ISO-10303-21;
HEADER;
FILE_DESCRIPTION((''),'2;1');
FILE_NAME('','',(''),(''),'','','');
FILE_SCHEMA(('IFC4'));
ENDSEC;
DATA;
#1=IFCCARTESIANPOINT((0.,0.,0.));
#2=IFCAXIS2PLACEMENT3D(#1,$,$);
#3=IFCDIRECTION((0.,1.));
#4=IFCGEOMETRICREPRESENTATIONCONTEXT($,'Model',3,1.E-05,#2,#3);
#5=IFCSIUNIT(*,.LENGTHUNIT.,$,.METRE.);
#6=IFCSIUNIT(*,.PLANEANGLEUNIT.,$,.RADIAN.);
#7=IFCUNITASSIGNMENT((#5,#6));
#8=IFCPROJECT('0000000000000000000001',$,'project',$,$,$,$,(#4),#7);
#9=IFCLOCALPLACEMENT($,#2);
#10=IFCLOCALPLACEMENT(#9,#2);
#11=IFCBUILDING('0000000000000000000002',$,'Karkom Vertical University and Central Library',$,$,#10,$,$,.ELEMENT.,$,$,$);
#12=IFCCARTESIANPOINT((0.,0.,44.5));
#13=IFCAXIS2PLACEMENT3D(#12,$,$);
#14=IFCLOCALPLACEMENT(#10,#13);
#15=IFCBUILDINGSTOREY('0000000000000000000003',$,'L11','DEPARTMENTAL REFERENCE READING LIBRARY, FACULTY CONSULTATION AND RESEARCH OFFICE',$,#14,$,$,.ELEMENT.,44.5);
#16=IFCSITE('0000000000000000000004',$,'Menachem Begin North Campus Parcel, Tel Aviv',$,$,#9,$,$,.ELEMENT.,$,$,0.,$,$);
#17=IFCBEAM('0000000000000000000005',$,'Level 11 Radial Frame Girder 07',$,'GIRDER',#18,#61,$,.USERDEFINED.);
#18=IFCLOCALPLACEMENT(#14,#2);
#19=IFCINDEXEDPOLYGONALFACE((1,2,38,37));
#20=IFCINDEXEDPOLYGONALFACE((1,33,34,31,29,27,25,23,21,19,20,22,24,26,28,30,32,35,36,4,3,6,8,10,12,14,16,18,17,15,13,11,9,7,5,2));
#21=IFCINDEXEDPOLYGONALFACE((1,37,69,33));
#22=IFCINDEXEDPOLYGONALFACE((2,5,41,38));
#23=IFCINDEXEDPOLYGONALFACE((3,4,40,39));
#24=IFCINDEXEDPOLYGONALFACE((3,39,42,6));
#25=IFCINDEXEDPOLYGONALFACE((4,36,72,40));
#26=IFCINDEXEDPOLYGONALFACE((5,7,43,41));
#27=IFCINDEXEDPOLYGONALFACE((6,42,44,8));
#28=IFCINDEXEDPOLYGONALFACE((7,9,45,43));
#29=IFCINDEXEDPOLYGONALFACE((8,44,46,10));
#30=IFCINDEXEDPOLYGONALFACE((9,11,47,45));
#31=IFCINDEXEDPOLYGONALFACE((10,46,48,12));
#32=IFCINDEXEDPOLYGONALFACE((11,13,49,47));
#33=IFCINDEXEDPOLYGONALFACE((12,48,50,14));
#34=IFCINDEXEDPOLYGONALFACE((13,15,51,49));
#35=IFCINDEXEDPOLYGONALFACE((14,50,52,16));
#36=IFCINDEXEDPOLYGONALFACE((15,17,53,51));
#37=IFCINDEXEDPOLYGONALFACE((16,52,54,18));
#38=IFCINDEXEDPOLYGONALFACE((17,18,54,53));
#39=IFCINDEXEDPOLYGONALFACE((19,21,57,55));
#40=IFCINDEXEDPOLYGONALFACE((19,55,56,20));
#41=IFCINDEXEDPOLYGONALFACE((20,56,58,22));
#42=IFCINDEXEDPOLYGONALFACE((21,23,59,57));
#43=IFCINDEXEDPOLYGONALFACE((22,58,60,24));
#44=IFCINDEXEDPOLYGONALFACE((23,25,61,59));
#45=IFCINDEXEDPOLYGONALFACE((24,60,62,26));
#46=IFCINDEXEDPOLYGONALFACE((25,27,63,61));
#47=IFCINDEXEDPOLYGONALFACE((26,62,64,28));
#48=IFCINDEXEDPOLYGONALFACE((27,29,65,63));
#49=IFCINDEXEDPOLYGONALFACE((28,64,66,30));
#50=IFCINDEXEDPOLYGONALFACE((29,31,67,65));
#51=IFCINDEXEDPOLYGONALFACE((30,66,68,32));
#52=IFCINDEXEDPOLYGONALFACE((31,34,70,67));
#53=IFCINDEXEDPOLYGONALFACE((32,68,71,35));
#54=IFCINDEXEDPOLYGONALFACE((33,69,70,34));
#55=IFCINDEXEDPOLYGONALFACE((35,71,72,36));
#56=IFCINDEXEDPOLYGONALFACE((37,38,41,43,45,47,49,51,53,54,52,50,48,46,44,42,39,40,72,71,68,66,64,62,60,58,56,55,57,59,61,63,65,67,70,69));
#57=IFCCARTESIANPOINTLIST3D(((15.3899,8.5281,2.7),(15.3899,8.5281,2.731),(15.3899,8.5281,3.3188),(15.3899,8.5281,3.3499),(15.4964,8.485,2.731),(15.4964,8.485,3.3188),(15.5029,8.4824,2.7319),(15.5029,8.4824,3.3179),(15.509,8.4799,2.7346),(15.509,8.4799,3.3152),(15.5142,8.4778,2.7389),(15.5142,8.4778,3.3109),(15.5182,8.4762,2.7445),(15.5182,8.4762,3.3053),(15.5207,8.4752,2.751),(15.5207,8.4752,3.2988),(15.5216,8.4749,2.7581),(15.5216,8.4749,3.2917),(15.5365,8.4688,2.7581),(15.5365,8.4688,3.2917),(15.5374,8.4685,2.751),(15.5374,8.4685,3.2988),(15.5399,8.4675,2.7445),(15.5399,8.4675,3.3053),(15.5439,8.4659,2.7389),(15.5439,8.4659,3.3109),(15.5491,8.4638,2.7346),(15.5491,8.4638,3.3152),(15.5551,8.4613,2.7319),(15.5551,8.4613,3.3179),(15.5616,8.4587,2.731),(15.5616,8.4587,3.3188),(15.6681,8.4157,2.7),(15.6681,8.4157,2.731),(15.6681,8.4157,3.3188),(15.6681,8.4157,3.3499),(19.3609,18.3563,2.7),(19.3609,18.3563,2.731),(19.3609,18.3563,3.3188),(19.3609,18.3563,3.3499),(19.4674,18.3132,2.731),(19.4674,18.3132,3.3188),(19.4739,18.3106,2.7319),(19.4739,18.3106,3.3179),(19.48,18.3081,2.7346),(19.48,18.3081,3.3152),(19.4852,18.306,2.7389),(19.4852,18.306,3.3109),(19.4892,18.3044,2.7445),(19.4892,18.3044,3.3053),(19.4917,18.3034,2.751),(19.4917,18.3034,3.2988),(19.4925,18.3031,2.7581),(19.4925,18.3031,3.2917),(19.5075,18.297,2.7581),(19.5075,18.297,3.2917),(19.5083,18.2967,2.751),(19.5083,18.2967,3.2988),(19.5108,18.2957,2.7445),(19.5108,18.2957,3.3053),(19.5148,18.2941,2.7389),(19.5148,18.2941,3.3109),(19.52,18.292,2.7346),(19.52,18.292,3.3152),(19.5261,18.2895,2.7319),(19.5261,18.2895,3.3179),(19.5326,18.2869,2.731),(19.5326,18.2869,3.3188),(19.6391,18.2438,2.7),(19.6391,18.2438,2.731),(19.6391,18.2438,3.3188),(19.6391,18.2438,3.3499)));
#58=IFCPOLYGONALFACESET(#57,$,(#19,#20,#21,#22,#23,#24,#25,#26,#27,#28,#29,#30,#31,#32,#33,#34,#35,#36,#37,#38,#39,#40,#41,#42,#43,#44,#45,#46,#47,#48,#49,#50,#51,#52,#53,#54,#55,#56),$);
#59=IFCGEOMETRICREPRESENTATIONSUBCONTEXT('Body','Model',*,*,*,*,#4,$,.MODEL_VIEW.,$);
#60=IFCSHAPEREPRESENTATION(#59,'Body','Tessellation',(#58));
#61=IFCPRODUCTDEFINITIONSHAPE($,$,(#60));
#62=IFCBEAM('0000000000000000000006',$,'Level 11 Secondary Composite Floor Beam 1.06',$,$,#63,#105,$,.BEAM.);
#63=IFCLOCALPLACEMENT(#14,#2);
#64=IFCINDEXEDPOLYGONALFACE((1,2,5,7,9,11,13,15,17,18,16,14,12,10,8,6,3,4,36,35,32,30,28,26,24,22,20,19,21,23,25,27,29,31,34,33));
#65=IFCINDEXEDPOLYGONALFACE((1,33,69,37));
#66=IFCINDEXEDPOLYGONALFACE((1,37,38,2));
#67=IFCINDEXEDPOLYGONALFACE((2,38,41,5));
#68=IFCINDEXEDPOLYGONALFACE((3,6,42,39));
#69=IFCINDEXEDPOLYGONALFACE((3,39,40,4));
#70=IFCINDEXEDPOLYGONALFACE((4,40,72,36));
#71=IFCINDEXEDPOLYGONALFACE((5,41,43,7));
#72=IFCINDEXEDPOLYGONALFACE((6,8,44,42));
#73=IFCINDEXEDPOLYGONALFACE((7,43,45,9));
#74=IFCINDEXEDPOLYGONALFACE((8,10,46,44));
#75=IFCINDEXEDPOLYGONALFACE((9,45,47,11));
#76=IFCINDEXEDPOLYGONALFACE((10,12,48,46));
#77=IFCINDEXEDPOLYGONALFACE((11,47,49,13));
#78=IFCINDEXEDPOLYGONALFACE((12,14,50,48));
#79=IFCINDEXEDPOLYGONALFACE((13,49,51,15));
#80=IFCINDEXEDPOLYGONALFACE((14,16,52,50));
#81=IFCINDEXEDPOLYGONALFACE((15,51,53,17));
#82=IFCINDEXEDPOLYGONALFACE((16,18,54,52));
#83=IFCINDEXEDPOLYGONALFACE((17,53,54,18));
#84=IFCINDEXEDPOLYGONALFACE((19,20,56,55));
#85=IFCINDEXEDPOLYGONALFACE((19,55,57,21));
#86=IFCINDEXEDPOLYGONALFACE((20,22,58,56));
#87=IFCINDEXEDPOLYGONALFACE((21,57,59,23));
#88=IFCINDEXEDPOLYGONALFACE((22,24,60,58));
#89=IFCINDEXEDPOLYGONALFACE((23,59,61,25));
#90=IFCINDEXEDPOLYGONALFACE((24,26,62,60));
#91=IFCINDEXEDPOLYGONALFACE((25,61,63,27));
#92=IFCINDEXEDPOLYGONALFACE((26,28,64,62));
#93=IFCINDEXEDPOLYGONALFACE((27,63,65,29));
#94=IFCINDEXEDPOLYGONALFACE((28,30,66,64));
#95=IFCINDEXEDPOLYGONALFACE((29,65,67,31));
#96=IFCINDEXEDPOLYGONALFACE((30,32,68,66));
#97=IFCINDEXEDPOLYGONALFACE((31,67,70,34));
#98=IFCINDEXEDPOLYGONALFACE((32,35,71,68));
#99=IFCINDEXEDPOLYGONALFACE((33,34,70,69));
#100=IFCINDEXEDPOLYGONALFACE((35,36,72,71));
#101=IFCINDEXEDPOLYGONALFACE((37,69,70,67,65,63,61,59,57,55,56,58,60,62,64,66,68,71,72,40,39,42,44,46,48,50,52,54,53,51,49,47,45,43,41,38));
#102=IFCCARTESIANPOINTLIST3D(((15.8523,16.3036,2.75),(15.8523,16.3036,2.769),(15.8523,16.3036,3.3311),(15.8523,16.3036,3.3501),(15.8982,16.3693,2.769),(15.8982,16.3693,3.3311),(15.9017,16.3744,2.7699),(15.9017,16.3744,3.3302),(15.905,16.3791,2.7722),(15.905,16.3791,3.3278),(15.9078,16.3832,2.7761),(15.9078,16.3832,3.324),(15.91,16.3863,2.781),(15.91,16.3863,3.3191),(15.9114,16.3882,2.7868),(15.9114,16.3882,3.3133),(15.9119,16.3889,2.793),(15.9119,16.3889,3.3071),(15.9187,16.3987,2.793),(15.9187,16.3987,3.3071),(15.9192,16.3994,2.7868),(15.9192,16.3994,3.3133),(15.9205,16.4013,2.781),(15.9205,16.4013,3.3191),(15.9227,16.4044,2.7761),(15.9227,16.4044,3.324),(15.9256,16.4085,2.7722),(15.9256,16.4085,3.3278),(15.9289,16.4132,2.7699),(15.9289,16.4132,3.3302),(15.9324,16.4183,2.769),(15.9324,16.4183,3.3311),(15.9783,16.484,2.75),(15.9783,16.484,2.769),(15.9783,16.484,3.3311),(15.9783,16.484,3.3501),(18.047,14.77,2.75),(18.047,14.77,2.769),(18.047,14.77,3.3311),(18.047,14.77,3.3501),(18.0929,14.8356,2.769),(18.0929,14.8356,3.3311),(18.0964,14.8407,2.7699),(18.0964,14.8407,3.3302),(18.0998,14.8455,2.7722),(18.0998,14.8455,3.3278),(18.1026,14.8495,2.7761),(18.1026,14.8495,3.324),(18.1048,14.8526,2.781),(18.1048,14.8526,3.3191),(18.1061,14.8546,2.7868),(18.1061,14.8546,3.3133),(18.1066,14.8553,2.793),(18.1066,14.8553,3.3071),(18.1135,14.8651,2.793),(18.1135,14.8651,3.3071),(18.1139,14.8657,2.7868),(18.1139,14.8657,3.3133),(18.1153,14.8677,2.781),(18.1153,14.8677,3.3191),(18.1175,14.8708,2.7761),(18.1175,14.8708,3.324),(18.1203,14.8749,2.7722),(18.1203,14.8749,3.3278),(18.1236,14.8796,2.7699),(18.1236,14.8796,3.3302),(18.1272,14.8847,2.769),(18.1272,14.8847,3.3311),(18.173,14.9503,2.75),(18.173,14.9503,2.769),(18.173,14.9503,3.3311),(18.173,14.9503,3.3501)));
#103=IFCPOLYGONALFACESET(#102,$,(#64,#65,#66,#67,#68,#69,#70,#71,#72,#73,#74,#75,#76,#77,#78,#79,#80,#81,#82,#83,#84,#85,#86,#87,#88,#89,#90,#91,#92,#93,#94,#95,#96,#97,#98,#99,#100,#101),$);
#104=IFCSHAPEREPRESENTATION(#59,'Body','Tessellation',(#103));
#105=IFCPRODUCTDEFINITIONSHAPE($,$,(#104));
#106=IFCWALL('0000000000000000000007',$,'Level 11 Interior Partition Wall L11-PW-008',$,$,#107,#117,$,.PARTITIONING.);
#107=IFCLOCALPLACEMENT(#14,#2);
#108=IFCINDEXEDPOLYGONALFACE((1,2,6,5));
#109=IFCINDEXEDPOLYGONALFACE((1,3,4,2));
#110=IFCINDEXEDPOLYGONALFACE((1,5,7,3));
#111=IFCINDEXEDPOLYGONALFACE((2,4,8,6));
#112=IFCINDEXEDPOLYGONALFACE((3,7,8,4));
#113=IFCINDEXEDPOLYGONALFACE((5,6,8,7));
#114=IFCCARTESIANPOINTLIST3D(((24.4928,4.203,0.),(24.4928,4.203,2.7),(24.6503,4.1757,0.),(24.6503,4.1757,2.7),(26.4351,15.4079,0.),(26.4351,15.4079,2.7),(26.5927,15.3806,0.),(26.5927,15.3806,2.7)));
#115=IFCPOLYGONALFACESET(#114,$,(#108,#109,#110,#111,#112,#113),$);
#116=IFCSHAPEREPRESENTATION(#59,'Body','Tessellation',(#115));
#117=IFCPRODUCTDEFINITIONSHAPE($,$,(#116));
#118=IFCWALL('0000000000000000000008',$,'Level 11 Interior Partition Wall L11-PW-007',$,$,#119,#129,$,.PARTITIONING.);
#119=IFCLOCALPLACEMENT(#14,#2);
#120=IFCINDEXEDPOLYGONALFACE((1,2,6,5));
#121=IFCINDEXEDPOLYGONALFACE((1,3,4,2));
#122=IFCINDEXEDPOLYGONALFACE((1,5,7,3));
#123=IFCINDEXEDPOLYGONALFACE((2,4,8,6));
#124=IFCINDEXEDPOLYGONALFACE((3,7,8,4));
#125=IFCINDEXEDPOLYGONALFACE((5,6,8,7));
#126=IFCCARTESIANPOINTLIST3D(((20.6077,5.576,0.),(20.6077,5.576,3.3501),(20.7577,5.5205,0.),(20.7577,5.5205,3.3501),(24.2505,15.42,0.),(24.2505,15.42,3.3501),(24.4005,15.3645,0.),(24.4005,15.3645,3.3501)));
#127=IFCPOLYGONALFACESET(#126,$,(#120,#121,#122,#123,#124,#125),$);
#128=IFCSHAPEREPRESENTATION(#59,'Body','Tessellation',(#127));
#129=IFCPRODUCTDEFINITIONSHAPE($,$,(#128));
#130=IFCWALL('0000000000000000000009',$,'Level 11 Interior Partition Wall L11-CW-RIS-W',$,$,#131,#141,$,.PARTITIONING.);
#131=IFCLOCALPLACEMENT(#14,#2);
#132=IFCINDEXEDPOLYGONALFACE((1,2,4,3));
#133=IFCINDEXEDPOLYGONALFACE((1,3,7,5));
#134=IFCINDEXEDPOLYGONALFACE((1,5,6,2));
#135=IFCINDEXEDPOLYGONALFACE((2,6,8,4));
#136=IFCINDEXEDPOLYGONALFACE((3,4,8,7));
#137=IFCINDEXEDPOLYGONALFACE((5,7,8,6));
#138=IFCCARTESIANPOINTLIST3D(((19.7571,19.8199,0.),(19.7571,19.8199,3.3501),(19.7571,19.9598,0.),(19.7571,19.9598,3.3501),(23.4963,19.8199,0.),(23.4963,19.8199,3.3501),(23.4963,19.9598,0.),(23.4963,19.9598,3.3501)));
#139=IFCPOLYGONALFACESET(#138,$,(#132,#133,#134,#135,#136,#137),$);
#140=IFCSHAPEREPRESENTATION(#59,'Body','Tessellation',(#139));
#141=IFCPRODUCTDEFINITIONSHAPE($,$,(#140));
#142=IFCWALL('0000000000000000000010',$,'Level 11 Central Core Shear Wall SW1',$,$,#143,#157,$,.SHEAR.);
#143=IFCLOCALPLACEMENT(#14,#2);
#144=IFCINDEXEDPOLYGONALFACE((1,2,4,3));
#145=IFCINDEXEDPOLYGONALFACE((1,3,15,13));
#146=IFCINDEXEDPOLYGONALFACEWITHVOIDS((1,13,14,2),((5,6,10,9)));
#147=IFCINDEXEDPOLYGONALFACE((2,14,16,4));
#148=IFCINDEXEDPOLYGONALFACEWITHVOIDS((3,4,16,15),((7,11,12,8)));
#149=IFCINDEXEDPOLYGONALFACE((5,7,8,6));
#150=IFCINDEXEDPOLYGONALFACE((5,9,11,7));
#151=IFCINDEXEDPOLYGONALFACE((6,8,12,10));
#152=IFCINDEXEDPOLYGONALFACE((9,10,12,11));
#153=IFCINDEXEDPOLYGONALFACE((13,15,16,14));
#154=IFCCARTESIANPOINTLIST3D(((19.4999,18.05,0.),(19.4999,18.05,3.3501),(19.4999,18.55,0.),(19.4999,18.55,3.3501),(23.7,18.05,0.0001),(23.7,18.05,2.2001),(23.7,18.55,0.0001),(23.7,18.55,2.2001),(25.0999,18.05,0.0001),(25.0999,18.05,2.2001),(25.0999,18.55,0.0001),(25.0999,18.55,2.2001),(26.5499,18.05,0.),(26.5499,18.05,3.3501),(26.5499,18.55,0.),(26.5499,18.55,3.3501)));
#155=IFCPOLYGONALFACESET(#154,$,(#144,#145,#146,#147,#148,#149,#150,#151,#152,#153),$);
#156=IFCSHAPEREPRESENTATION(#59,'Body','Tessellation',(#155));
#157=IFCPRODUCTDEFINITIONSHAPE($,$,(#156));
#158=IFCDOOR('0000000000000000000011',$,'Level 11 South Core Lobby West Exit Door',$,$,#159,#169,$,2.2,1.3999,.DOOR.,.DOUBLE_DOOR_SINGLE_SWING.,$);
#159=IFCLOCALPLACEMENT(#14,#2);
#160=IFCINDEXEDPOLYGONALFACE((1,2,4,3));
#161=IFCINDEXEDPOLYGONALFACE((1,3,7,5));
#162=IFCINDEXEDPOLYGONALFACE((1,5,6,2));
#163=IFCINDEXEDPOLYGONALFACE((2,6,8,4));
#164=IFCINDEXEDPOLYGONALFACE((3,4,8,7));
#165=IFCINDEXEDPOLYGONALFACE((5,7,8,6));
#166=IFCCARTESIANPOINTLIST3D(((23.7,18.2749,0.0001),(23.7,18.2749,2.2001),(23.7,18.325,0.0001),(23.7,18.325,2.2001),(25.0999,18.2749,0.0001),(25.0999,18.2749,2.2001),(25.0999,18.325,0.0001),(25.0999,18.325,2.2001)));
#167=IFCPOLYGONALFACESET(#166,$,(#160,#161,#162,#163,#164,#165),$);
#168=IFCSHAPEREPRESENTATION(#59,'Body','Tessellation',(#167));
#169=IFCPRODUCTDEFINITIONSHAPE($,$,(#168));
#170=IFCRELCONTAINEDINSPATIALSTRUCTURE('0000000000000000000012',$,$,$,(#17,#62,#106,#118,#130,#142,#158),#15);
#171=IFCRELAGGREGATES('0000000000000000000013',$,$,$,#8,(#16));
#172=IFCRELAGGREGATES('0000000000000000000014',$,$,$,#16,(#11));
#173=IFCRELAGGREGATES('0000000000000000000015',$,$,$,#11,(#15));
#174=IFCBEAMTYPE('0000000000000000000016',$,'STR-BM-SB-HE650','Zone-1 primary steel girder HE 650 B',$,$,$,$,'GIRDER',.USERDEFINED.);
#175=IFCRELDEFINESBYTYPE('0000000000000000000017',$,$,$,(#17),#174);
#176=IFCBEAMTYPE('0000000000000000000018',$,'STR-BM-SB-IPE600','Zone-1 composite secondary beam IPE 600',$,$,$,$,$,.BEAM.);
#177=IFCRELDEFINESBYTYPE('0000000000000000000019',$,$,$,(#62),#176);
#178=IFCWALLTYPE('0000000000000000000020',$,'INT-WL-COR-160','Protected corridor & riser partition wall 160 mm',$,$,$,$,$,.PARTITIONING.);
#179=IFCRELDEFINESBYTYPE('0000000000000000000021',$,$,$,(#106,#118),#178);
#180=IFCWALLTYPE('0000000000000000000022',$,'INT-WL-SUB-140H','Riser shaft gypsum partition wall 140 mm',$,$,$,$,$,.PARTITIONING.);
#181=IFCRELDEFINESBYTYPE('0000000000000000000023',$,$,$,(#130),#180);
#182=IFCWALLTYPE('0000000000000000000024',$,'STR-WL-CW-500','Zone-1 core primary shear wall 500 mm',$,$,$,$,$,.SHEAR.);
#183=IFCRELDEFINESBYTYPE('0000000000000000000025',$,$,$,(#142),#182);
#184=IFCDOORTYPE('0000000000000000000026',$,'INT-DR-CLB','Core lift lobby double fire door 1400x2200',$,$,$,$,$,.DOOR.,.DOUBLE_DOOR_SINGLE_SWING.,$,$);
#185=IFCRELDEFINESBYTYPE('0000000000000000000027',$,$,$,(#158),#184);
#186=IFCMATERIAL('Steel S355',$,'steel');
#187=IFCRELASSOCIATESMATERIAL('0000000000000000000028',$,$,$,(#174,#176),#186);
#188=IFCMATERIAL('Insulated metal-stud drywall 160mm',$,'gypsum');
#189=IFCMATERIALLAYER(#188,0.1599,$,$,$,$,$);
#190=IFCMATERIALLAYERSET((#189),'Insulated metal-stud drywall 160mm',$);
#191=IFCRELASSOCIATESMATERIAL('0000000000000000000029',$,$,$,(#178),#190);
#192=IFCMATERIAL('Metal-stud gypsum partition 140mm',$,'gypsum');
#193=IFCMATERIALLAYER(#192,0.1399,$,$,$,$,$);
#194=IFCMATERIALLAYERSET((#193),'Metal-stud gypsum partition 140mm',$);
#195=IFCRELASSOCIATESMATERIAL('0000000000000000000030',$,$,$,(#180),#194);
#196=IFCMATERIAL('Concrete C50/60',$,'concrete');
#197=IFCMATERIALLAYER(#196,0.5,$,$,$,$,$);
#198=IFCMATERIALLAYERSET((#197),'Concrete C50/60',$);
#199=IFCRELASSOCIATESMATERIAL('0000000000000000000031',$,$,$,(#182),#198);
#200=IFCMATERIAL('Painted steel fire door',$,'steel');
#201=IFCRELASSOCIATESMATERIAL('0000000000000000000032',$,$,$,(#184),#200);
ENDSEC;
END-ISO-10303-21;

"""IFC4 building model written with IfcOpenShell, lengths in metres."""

from ifc_helpers import new_model, si_unit, direction, frame, frame_2d, origin, origin_with_axes, origin_2d, place, context, subcontext, project, spatial, rectangle, i_section, extrude, source, transform, mapped, material, layer, layer_set, material_profile, profile_set, type_object, element, fill, save


model = new_model("IFC4")

# Units and contexts
model_context = context("Model", 3, precision=1e-05, world=origin(), true_north=direction((0.0, 1.0)))
body_context = subcontext(model_context, "Body", "Model", "MODEL_VIEW")
ifc_project = project(units=[si_unit("LENGTHUNIT", "METRE"), si_unit("PLANEANGLEUNIT", "RADIAN")], contexts=[model_context])

# Site, building, storey
site_placement = place(None, origin())
site = spatial("IfcSite", under=ifc_project, at=site_placement, Name="Menachem Begin North Campus Parcel, Tel Aviv", CompositionType="ELEMENT", RefElevation=0.0)
building_placement = place(site_placement, origin())
building = spatial("IfcBuilding", under=site, at=building_placement, Name="Karkom Vertical University and Central Library", CompositionType="ELEMENT")
storey_placement = place(building_placement, frame((0.0, 0.0, 44.5)))
storey = spatial("IfcBuildingStorey", under=building, at=storey_placement, Name="L11", Description="DEPARTMENTAL REFERENCE READING LIBRARY, FACULTY CONSULTATION AND RESEARCH OFFICE", CompositionType="ELEMENT", Elevation=44.5)

# Shared definitions
ifc_material_1 = material(Name="Concrete C50/60", Category="concrete")

# Beams
ifc_material_2 = material(Name="Steel S355", Category="steel")
ifc_material_profile_1 = material_profile(ifc_material_2, i_section(OverallWidth=0.3, OverallDepth=0.6499, WebThickness=0.0161, FlangeThickness=0.031, FilletRadius=0.0271, at=origin_2d()), Name="HE 650 B")
ifc_profile_set_1 = profile_set([ifc_material_profile_1], Name="Steel S355")
beam_type_1 = type_object("IfcBeamType", Name="STR-BM-SB-HE650", Description="Zone-1 primary steel girder HE 650 B", ElementType="GIRDER", PredefinedType="USERDEFINED", material=ifc_profile_set_1)
shared_shape_1 = source(origin_with_axes(), body_context, "Body", "SweptSolid", [
    extrude(i_section(OverallWidth=0.3, OverallDepth=0.6499, WebThickness=0.0161, FlangeThickness=0.031, FilletRadius=0.0271, at=origin_2d()), origin(), (0.0, 0.0, 1.0), 10.6001),
])
beam_1_placement = place(storey_placement, frame((19.5, 18.3, 3.0249), z_axis=(-0.374617, -0.92718, 0.0), x_axis=(0.92718, -0.374617, 0.0)))
element("IfcBeam", 1, at=beam_1_placement, inside=storey, type_object=beam_type_1, Name="Level 11 Radial Frame Girder 07", ObjectType="GIRDER", PredefinedType="USERDEFINED", context=body_context, shape_type="MappedRepresentation", body=[
    mapped(shared_shape_1, transform((0.0, 0.0, 0.0), scale=1.0)),
])
ifc_material_profile_2 = material_profile(ifc_material_2, i_section(OverallWidth=0.22, OverallDepth=0.6001, WebThickness=0.012, FlangeThickness=0.019, FilletRadius=0.0239, at=origin_2d()), Name="IPE 600")
ifc_profile_set_2 = profile_set([ifc_material_profile_2], Name="Steel S355")
beam_type_2 = type_object("IfcBeamType", Name="STR-BM-SB-IPE600", Description="Zone-1 composite secondary beam IPE 600", PredefinedType="BEAM", material=ifc_profile_set_2)
shared_shape_2 = source(origin_with_axes(), body_context, "Body", "SweptSolid", [
    extrude(i_section(OverallWidth=0.22, OverallDepth=0.6001, WebThickness=0.012, FlangeThickness=0.019, FilletRadius=0.0239, at=origin_2d()), origin(), (0.0, 0.0, 1.0), 2.6775),
])
beam_2_placement = place(storey_placement, frame((15.9153, 16.3938, 3.05), z_axis=(0.819703, -0.572789, 0.0), x_axis=(0.572789, 0.819703, 0.0)))
element("IfcBeam", 2, at=beam_2_placement, inside=storey, type_object=beam_type_2, Name="Level 11 Secondary Composite Floor Beam 1.06", PredefinedType="BEAM", context=body_context, shape_type="MappedRepresentation", body=[
    mapped(shared_shape_2, transform((0.0, 0.0, 0.0), scale=1.0)),
])

# Walls
ifc_material_3 = material(Name="Insulated metal-stud drywall 160mm", Category="gypsum")
ifc_layer_1 = layer(ifc_material_3, 0.1599)
ifc_layer_set_1 = layer_set([ifc_layer_1], Name="Insulated metal-stud drywall 160mm")
wall_type_1 = type_object("IfcWallType", Name="INT-WL-COR-160", Description="Protected corridor & riser partition wall 160 mm", PredefinedType="PARTITIONING", material=ifc_layer_set_1)
wall_1_placement = place(storey_placement, frame((26.5139, 15.3943, 0.0), z_axis=(0.0, 0.0, 1.0), x_axis=(-0.170801, -0.985306, 0.0)))
element("IfcWall", 3, at=wall_1_placement, inside=storey, type_object=wall_type_1, Name="Level 11 Interior Partition Wall L11-PW-008", PredefinedType="PARTITIONING", context=body_context, shape_type="SweptSolid", body=[
    extrude(rectangle(XDim=11.3721, YDim=0.1599, at=frame_2d((5.686, 0.0))), origin(), (0.0, 0.0, 1.0), 2.7),
])
wall_2_placement = place(storey_placement, frame((24.3254, 15.3921, 0.0), z_axis=(0.0, 0.0, 1.0), x_axis=(-0.347055, -0.937845, 0.0)))
element("IfcWall", 4, at=wall_2_placement, inside=storey, type_object=wall_type_1, Name="Level 11 Interior Partition Wall L11-PW-007", PredefinedType="PARTITIONING", context=body_context, shape_type="SweptSolid", body=[
    extrude(rectangle(XDim=10.4963, YDim=0.1599, at=frame_2d((5.248, 0.0))), origin(), (0.0, 0.0, 1.0), 3.3501),
])
ifc_material_4 = material(Name="Metal-stud gypsum partition 140mm", Category="gypsum")
ifc_layer_2 = layer(ifc_material_4, 0.1399)
ifc_layer_set_2 = layer_set([ifc_layer_2], Name="Metal-stud gypsum partition 140mm")
wall_type_2 = type_object("IfcWallType", Name="INT-WL-SUB-140H", Description="Riser shaft gypsum partition wall 140 mm", PredefinedType="PARTITIONING", material=ifc_layer_set_2)
wall_3_placement = place(storey_placement, frame((19.7571, 19.8899, 0.0), z_axis=(0.0, 0.0, 1.0), x_axis=(1.0, 0.0, 0.0)))
element("IfcWall", 5, at=wall_3_placement, inside=storey, type_object=wall_type_2, Name="Level 11 Interior Partition Wall L11-CW-RIS-W", PredefinedType="PARTITIONING", context=body_context, shape_type="SweptSolid", body=[
    extrude(rectangle(XDim=3.7393, YDim=0.1399, at=frame_2d((1.8696, 0.0))), origin(), (0.0, 0.0, 1.0), 3.3501),
])

# Wall, opening, door
ifc_layer_3 = layer(ifc_material_1, 0.5)
ifc_layer_set_3 = layer_set([ifc_layer_3], Name="Concrete C50/60")
wall_type_3 = type_object("IfcWallType", Name="STR-WL-CW-500", Description="Zone-1 core primary shear wall 500 mm", PredefinedType="SHEAR", material=ifc_layer_set_3)
wall_4_placement = place(storey_placement, frame((19.5, 18.3, 0.0), z_axis=(0.0, 0.0, 1.0), x_axis=(1.0, 0.0, 0.0)))
wall_4 = element("IfcWall", 6, at=wall_4_placement, inside=storey, type_object=wall_type_3, Name="Level 11 Central Core Shear Wall SW1", PredefinedType="SHEAR", context=body_context, shape_type="SweptSolid", body=[
    extrude(rectangle(XDim=7.05, YDim=0.5, at=frame_2d((3.5249, 0.0))), origin(), (0.0, 0.0, 1.0), 3.3501),
])
opening_1_placement = place(wall_4_placement, frame((4.2, 0.0, 0.0)))
opening_1 = element("IfcOpeningElement", 7, at=opening_1_placement, cuts=wall_4, PredefinedType="OPENING", context=body_context, shape_type="SweptSolid", body=[
    extrude(rectangle(XDim=1.3999, YDim=2.2, at=frame_2d((0.7, 1.1001))), frame((0.0, 0.26, 0.0), z_axis=(0.0, -1.0, 0.0), x_axis=(1.0, 0.0, 0.0)), (0.0, 0.0, 1.0), 0.52),
])
ifc_material_5 = material(Name="Painted steel fire door", Category="steel")
door_type_1 = type_object("IfcDoorType", Name="INT-DR-CLB", Description="Core lift lobby double fire door 1400x2200", OperationType="DOUBLE_DOOR_SINGLE_SWING", PredefinedType="DOOR", material=ifc_material_5)
shared_shape_3 = source(origin_with_axes(), body_context, "Body", "SweptSolid", [
    extrude(rectangle(XDim=1.3999, YDim=2.2, at=frame_2d((0.7, 1.1001))), frame((0.0, 0.0249, 0.0), z_axis=(0.0, -1.0, 0.0), x_axis=(1.0, 0.0, 0.0)), (0.0, 0.0, 1.0), 0.05),
])
door_1_placement = place(opening_1_placement, origin())
door_1 = element("IfcDoor", 8, at=door_1_placement, inside=storey, type_object=door_type_1, Name="Level 11 South Core Lobby West Exit Door", OperationType="DOUBLE_DOOR_SINGLE_SWING", OverallHeight=2.2, OverallWidth=1.3999, PredefinedType="DOOR", context=body_context, shape_type="MappedRepresentation", body=[
    mapped(shared_shape_3, transform((0.0, 0.0, 0.0), scale=1.0)),
])
fill(opening_1, door_1)

save(model, "model.ifc")
